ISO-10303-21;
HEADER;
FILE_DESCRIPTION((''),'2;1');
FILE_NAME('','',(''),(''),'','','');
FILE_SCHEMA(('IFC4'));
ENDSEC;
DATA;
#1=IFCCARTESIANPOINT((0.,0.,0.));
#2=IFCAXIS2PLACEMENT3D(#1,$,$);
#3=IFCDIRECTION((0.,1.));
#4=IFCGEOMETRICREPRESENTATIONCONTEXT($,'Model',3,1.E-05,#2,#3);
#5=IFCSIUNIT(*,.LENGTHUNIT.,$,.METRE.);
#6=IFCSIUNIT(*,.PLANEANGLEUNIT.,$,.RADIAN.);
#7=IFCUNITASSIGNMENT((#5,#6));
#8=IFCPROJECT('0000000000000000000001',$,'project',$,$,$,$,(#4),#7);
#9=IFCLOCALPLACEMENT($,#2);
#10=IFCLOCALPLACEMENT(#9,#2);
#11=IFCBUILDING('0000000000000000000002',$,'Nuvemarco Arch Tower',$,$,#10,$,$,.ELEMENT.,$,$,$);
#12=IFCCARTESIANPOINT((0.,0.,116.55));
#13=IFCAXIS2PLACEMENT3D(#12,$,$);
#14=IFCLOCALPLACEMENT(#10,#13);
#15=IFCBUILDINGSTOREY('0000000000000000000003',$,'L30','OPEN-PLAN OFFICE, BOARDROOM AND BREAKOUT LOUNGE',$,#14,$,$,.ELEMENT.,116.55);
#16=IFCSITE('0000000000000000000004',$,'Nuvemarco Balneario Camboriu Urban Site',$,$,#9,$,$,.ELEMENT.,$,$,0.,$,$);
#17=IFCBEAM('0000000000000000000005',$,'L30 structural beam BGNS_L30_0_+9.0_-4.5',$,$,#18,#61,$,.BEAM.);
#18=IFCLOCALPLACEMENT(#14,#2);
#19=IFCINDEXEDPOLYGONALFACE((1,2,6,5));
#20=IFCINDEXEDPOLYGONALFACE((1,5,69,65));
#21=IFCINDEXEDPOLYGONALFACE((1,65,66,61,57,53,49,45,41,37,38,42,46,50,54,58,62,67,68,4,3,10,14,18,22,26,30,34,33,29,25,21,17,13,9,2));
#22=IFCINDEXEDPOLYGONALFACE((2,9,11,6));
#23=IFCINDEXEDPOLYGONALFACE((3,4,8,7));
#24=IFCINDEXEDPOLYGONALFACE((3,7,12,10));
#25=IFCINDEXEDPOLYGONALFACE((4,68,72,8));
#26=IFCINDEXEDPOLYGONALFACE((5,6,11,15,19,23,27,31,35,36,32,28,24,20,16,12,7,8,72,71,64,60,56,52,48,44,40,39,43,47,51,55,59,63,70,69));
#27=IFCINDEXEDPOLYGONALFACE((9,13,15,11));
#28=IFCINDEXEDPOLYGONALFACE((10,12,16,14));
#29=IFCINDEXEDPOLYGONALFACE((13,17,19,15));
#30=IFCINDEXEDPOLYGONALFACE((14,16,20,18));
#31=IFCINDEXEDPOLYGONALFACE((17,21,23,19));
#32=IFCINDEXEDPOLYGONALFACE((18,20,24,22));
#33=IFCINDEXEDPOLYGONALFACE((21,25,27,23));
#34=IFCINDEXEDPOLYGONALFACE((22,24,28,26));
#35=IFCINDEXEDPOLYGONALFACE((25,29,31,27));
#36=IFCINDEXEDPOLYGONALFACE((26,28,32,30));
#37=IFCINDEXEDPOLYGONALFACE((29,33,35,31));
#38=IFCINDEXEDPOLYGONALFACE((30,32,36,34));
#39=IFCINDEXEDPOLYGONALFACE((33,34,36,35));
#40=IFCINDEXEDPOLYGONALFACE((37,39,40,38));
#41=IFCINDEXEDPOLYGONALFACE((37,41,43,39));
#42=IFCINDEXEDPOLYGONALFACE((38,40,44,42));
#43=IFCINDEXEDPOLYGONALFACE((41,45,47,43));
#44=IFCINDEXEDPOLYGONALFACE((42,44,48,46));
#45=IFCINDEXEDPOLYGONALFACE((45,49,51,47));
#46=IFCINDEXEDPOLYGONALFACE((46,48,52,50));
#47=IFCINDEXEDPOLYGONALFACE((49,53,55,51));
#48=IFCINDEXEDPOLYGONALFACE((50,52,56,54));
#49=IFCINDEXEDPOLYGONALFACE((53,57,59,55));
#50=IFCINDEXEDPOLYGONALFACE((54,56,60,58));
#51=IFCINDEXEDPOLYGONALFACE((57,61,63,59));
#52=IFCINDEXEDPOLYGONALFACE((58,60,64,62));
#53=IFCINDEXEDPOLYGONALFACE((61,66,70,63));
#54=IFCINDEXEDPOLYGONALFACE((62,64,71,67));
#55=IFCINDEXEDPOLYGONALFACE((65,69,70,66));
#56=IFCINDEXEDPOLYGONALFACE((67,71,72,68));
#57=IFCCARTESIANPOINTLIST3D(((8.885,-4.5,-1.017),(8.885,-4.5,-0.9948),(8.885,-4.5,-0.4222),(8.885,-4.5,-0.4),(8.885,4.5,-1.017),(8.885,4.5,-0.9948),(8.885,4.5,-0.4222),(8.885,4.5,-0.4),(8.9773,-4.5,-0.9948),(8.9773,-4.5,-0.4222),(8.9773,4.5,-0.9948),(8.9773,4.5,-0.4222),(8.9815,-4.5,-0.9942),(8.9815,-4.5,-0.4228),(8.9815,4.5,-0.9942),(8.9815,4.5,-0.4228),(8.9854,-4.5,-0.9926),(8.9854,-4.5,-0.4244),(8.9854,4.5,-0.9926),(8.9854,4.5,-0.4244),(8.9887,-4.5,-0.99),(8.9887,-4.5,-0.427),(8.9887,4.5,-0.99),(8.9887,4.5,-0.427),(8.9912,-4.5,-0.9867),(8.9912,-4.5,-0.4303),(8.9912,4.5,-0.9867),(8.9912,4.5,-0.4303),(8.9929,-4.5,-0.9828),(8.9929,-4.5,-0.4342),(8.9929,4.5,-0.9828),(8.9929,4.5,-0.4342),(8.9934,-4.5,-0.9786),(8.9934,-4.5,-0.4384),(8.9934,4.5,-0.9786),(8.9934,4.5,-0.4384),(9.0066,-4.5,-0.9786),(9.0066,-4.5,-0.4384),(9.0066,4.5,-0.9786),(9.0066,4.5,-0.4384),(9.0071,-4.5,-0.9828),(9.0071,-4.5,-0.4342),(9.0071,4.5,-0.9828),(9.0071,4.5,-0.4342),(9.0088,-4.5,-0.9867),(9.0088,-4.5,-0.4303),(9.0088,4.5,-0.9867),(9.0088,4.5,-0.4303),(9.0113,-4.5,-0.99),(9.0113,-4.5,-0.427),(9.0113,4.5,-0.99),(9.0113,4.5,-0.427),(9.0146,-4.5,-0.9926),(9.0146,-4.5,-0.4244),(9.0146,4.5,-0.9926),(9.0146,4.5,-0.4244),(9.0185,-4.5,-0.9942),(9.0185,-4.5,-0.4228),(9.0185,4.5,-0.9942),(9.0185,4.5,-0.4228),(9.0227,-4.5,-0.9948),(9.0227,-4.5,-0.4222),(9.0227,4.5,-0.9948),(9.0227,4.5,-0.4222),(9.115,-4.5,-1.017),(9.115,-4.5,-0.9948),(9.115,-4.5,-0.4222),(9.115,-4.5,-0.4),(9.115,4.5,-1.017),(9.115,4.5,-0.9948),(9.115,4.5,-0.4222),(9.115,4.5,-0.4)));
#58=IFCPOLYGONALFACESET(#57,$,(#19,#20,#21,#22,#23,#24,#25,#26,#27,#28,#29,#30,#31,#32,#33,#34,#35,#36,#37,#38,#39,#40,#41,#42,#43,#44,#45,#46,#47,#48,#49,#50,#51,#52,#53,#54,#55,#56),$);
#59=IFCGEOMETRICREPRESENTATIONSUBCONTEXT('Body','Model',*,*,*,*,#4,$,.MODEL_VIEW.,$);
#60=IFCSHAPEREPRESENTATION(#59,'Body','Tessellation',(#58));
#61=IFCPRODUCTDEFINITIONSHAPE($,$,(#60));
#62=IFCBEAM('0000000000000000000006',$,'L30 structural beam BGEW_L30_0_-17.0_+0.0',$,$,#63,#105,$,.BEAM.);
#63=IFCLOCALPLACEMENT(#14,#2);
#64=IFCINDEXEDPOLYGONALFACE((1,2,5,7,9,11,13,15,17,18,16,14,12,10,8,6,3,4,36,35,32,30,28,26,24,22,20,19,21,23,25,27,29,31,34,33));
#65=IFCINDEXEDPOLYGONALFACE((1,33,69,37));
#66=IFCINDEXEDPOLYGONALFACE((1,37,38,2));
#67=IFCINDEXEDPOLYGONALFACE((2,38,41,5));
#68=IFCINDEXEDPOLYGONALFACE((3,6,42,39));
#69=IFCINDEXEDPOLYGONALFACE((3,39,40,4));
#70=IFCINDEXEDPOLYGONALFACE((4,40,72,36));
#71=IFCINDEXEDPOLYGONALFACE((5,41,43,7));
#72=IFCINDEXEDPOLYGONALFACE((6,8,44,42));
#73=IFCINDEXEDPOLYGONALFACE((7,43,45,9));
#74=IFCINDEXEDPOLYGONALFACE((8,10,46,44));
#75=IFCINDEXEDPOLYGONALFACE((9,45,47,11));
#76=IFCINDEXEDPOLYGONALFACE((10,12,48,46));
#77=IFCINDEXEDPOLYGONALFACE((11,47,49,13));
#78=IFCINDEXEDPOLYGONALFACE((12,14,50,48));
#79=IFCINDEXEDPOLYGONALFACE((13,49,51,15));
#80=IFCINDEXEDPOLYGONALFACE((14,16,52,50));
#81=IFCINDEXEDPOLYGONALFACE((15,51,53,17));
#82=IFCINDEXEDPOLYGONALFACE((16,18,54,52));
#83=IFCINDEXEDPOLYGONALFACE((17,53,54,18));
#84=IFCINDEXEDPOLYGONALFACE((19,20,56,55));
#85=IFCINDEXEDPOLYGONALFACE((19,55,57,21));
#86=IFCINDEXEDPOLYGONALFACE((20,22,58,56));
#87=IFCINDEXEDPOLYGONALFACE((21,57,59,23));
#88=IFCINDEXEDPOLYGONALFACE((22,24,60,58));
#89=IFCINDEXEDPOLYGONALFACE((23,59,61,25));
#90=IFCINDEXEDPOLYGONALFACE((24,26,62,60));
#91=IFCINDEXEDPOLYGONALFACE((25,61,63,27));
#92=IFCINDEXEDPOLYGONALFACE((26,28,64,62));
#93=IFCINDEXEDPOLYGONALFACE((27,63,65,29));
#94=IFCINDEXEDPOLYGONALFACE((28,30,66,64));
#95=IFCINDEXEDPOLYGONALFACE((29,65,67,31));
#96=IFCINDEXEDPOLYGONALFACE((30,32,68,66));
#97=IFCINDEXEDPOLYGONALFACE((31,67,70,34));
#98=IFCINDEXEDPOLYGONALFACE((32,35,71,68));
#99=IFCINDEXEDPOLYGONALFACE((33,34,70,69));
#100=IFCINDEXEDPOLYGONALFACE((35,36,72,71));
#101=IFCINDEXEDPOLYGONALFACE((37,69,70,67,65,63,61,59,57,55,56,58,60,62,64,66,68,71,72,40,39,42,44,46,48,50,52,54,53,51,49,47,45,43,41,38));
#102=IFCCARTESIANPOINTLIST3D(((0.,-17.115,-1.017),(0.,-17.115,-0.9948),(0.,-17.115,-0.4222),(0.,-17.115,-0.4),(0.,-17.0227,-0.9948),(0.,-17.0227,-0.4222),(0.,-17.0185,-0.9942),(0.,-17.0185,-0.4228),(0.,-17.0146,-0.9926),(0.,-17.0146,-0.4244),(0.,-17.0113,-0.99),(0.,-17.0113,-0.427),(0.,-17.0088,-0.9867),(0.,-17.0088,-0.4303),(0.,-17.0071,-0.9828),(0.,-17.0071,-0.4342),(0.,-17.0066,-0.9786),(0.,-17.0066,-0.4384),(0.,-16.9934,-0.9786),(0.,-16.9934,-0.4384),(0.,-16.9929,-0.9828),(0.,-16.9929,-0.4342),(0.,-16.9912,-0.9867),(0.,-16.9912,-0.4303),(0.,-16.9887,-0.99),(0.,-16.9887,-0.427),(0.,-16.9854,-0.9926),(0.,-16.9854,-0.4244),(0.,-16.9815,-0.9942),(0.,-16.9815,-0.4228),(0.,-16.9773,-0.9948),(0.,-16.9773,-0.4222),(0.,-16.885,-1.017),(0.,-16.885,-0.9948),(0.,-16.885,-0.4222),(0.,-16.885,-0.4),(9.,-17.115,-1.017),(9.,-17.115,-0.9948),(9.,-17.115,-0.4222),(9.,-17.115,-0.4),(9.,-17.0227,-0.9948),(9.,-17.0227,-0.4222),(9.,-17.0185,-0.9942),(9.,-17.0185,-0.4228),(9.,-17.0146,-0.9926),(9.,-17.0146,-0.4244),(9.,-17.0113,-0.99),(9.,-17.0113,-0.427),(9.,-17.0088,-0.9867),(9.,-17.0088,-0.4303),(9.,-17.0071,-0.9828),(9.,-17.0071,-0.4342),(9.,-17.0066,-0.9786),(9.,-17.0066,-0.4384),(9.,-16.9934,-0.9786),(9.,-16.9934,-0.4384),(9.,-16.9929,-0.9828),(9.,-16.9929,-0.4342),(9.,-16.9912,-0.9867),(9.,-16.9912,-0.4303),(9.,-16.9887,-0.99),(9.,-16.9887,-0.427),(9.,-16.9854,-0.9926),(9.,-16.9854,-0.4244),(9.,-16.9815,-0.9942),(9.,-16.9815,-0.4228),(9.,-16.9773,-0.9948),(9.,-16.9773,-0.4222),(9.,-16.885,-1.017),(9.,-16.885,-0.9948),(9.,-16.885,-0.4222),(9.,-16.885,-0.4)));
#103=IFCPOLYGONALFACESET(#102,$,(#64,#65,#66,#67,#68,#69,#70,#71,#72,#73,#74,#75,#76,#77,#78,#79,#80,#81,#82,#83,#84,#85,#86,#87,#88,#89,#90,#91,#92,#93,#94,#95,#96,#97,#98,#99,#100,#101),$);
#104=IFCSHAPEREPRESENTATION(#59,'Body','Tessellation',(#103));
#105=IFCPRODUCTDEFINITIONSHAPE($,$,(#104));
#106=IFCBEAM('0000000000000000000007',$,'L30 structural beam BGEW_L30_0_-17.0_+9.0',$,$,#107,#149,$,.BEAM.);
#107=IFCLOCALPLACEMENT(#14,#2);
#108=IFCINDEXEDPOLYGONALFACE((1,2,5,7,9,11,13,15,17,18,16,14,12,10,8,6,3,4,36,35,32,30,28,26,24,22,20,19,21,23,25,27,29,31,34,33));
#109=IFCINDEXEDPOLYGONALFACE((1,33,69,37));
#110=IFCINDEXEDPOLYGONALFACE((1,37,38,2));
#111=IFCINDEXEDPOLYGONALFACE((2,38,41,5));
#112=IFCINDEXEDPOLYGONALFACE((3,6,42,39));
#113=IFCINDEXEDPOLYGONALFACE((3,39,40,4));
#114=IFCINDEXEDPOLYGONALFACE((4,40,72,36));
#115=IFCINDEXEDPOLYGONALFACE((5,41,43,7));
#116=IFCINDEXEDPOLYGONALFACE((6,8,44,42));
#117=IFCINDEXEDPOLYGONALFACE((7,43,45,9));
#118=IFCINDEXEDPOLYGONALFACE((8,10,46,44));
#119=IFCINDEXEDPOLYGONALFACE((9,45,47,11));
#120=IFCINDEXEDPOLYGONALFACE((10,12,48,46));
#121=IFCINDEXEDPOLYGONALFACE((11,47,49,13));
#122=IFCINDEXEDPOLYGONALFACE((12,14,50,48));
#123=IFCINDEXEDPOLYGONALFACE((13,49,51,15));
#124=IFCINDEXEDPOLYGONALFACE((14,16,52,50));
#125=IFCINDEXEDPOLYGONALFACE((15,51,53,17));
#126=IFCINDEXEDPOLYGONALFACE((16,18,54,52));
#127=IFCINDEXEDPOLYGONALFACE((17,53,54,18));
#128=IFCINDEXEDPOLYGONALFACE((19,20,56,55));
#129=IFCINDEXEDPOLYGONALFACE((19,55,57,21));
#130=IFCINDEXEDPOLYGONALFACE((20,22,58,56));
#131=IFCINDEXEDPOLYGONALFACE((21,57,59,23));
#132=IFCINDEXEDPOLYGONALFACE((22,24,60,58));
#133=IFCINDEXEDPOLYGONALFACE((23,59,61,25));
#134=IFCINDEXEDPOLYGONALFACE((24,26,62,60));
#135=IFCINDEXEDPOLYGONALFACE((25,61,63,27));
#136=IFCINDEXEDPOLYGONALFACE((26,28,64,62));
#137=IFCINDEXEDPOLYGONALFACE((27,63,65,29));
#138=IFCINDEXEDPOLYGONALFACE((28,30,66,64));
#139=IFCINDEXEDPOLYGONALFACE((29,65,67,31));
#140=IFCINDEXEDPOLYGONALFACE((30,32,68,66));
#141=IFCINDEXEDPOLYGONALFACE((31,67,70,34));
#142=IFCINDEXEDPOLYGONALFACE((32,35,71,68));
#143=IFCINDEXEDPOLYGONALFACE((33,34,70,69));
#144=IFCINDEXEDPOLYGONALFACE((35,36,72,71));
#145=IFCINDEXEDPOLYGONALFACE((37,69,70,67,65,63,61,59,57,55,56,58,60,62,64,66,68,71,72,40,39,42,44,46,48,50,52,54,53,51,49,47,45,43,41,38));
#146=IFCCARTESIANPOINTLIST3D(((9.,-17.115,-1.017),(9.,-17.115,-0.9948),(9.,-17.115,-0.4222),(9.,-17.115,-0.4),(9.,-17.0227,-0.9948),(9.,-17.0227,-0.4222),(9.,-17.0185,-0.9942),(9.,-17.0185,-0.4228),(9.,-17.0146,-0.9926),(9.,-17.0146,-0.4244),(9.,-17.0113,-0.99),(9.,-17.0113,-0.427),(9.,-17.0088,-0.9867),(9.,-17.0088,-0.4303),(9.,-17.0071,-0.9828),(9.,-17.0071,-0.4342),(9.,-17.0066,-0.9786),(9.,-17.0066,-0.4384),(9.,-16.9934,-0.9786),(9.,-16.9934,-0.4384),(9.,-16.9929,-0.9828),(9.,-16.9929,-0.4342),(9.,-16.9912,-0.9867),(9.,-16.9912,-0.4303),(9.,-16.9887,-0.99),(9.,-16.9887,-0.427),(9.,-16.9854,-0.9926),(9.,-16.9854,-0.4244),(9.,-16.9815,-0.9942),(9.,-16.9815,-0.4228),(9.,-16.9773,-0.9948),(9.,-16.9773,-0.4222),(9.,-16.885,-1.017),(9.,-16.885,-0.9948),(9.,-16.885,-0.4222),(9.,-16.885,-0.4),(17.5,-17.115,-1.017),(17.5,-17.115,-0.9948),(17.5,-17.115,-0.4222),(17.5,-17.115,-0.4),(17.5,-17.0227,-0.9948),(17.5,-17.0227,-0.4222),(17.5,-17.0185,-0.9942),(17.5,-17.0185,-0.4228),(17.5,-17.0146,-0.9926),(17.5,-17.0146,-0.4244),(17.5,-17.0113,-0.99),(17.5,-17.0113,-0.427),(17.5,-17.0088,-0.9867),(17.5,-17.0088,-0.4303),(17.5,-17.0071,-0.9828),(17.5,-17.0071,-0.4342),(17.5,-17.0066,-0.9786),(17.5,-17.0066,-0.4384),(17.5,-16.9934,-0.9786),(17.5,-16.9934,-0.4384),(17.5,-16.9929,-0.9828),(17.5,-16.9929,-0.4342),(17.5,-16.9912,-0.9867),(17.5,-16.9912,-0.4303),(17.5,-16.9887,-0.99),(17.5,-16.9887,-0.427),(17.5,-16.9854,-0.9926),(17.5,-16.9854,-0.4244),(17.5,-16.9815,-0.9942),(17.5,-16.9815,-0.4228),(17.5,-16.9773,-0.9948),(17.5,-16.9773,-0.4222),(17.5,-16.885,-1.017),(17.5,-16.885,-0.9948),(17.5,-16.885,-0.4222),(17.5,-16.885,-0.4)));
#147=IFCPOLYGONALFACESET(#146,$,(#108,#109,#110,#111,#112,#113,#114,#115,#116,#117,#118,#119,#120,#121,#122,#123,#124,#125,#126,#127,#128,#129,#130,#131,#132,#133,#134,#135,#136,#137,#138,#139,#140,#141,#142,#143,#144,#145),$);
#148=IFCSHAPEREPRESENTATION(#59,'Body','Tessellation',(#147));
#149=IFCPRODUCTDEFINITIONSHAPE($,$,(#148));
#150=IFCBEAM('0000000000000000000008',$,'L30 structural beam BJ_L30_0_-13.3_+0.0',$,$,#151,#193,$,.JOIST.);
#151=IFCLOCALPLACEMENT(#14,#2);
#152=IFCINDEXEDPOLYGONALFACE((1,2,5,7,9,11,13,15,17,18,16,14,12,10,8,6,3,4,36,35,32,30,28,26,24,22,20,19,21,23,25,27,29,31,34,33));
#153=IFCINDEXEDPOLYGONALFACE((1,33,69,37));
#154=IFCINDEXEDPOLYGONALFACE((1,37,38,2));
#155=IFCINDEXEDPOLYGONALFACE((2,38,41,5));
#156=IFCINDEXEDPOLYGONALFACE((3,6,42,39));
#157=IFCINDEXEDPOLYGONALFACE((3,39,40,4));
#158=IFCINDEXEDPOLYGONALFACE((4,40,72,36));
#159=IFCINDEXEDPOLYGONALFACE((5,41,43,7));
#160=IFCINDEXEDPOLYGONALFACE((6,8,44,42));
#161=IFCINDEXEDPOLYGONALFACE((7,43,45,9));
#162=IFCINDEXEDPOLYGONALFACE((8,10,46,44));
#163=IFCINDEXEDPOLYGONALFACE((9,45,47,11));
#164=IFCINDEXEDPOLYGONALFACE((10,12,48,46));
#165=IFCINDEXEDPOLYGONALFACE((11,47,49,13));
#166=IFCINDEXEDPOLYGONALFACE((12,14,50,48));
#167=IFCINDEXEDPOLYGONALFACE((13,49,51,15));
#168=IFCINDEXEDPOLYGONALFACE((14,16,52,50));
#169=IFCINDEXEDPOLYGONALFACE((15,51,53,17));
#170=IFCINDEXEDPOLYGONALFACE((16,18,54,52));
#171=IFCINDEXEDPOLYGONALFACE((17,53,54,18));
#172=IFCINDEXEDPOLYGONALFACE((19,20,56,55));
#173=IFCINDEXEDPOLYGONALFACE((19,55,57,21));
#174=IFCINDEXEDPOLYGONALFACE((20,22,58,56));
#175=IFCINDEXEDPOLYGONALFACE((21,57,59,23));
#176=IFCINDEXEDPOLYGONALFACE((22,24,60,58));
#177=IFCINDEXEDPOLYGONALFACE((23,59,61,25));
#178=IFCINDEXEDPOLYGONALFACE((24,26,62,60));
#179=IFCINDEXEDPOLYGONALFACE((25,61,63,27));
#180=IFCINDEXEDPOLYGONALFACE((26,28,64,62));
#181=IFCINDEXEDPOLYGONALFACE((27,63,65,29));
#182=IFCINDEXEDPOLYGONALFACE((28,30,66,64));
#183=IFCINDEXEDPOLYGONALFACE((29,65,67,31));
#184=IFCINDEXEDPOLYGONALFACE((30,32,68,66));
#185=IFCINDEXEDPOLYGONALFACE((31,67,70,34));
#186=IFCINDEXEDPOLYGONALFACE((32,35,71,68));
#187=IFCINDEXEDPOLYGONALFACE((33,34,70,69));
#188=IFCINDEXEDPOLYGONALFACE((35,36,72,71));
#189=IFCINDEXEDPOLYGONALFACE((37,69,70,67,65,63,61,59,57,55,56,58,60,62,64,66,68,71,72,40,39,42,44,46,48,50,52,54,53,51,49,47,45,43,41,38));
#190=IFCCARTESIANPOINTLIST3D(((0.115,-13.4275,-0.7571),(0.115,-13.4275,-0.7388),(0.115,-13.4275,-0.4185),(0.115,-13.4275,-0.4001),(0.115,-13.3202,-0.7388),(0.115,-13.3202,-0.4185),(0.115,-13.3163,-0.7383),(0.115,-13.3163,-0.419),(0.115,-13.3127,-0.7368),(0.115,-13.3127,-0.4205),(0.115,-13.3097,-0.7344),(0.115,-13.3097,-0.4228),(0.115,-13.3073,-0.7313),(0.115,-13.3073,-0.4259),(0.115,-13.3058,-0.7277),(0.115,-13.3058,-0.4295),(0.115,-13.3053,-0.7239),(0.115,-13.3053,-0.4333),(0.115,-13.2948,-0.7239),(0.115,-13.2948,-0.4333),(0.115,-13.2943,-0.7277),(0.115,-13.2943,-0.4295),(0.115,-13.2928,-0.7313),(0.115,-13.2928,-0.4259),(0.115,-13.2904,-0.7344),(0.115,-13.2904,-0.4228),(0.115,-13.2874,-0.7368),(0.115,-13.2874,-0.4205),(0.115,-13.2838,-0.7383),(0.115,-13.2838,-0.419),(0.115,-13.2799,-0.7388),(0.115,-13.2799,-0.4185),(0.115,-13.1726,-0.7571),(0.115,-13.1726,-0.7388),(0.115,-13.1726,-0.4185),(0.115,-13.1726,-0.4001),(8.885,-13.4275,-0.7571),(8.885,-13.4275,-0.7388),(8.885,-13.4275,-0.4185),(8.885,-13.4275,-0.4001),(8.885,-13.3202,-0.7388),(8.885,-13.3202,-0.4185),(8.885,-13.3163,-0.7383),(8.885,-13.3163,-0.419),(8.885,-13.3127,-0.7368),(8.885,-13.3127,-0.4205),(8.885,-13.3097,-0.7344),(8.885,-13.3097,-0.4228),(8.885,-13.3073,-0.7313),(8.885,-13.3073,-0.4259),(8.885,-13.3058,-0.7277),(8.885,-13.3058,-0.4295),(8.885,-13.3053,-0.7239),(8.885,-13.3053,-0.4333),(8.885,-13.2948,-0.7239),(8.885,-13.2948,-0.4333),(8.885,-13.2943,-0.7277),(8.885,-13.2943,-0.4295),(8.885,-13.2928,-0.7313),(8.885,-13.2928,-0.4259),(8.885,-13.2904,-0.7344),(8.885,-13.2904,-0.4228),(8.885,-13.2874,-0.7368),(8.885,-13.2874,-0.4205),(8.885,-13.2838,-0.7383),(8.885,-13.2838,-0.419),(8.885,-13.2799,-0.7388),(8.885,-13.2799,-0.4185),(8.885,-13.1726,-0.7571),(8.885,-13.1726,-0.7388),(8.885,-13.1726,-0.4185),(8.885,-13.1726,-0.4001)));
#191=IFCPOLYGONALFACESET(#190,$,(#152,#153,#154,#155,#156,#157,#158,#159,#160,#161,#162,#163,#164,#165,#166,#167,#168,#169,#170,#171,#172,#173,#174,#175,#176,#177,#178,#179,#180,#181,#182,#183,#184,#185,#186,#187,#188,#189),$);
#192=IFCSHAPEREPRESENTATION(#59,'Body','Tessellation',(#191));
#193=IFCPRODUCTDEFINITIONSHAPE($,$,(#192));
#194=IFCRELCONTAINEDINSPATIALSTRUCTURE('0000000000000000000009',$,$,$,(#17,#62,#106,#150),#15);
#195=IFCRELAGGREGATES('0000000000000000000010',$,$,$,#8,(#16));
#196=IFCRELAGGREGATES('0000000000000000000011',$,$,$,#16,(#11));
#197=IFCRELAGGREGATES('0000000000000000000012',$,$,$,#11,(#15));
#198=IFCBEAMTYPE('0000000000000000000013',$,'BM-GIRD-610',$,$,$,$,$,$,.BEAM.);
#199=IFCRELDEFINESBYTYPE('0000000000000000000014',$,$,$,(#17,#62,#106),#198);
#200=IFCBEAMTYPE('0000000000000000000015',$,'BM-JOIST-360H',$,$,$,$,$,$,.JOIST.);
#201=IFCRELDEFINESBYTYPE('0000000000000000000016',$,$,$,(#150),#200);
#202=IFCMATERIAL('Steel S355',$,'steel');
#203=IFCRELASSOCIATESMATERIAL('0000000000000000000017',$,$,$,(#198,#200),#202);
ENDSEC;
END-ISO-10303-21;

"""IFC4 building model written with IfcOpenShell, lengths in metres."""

from ifc_helpers import new_model, si_unit, direction, frame, origin, origin_2d, place, context, subcontext, project, spatial, i_section, extrude, material, material_profile, profile_set, type_object, element, save


model = new_model("IFC4")

# Units and contexts
model_context = context("Model", 3, precision=1e-05, world=origin(), true_north=direction((0.0, 1.0)))
body_context = subcontext(model_context, "Body", "Model", "MODEL_VIEW")
ifc_project = project(units=[si_unit("LENGTHUNIT", "METRE"), si_unit("PLANEANGLEUNIT", "RADIAN")], contexts=[model_context])

# Site, building, storey
site_placement = place(None, origin())
site = spatial("IfcSite", under=ifc_project, at=site_placement, Name="Nuvemarco Balneario Camboriu Urban Site", CompositionType="ELEMENT", RefElevation=0.0)
building_placement = place(site_placement, origin())
building = spatial("IfcBuilding", under=site, at=building_placement, Name="Nuvemarco Arch Tower", CompositionType="ELEMENT")
storey_placement = place(building_placement, frame((0.0, 0.0, 116.55)))
storey = spatial("IfcBuildingStorey", under=building, at=storey_placement, Name="L30", Description="OPEN-PLAN OFFICE, BOARDROOM AND BREAKOUT LOUNGE", CompositionType="ELEMENT", Elevation=116.55)

# Shared definitions
ifc_material_1 = material(Name="Steel S355", Category="steel")

# Beams
ifc_material_profile_1 = material_profile(ifc_material_1, i_section(OverallWidth=0.23, OverallDepth=0.6169, WebThickness=0.0132, FlangeThickness=0.0222, FilletRadius=0.0161, at=origin_2d()), Name="W610x140")
ifc_profile_set_1 = profile_set([ifc_material_profile_1], Name="Steel S355")
beam_type_1 = type_object("IfcBeamType", Name="BM-GIRD-610", PredefinedType="BEAM", material=ifc_profile_set_1)
for number, where, z_axis, x_axis, name in (
    (1, (9.0, -4.5, -0.7085), (0.0, 1.0, 0.0), (-1.0, 0.0, 0.0), "L30 structural beam BGNS_L30_0_+9.0_-4.5"),
    (2, (0.0, -17.0, -0.7085), (1.0, 0.0, 0.0), (0.0, 1.0, 0.0), "L30 structural beam BGEW_L30_0_-17.0_+0.0"),
):
    element("IfcBeam", number, at=place(storey_placement, frame(where, z_axis=z_axis, x_axis=x_axis)), inside=storey, type_object=beam_type_1, Name=name, PredefinedType="BEAM", context=body_context, shape_type="SweptSolid", body=[
        extrude(i_section(OverallWidth=0.23, OverallDepth=0.6169, WebThickness=0.0132, FlangeThickness=0.0222, FilletRadius=0.0161, at=origin_2d()), origin(), (0.0, 0.0, 1.0), 9.0),
    ])
beam_1_placement = place(storey_placement, frame((9.0, -17.0, -0.7085), z_axis=(1.0, 0.0, 0.0), x_axis=(0.0, 1.0, 0.0)))
element("IfcBeam", 3, at=beam_1_placement, inside=storey, type_object=beam_type_1, Name="L30 structural beam BGEW_L30_0_-17.0_+9.0", PredefinedType="BEAM", context=body_context, shape_type="SweptSolid", body=[
    extrude(i_section(OverallWidth=0.23, OverallDepth=0.6169, WebThickness=0.0132, FlangeThickness=0.0222, FilletRadius=0.0161, at=origin_2d()), origin(), (0.0, 0.0, 1.0), 8.5),
])
ifc_material_profile_2 = material_profile(ifc_material_1, i_section(OverallWidth=0.2549, OverallDepth=0.3569, WebThickness=0.0105, FlangeThickness=0.0183, FilletRadius=0.0149, at=origin_2d()), Name="W360x101")
ifc_profile_set_2 = profile_set([ifc_material_profile_2], Name="Steel S355")
beam_type_2 = type_object("IfcBeamType", Name="BM-JOIST-360H", PredefinedType="JOIST", material=ifc_profile_set_2)
beam_2_placement = place(storey_placement, frame((0.115, -13.3, -0.5786), z_axis=(1.0, 0.0, 0.0), x_axis=(0.0, 1.0, 0.0)))
element("IfcBeam", 4, at=beam_2_placement, inside=storey, type_object=beam_type_2, Name="L30 structural beam BJ_L30_0_-13.3_+0.0", PredefinedType="JOIST", context=body_context, shape_type="SweptSolid", body=[
    extrude(i_section(OverallWidth=0.2549, OverallDepth=0.3569, WebThickness=0.0105, FlangeThickness=0.0183, FilletRadius=0.0149, at=origin_2d()), origin(), (0.0, 0.0, 1.0), 8.77),
])

save(model, "model.ifc")
